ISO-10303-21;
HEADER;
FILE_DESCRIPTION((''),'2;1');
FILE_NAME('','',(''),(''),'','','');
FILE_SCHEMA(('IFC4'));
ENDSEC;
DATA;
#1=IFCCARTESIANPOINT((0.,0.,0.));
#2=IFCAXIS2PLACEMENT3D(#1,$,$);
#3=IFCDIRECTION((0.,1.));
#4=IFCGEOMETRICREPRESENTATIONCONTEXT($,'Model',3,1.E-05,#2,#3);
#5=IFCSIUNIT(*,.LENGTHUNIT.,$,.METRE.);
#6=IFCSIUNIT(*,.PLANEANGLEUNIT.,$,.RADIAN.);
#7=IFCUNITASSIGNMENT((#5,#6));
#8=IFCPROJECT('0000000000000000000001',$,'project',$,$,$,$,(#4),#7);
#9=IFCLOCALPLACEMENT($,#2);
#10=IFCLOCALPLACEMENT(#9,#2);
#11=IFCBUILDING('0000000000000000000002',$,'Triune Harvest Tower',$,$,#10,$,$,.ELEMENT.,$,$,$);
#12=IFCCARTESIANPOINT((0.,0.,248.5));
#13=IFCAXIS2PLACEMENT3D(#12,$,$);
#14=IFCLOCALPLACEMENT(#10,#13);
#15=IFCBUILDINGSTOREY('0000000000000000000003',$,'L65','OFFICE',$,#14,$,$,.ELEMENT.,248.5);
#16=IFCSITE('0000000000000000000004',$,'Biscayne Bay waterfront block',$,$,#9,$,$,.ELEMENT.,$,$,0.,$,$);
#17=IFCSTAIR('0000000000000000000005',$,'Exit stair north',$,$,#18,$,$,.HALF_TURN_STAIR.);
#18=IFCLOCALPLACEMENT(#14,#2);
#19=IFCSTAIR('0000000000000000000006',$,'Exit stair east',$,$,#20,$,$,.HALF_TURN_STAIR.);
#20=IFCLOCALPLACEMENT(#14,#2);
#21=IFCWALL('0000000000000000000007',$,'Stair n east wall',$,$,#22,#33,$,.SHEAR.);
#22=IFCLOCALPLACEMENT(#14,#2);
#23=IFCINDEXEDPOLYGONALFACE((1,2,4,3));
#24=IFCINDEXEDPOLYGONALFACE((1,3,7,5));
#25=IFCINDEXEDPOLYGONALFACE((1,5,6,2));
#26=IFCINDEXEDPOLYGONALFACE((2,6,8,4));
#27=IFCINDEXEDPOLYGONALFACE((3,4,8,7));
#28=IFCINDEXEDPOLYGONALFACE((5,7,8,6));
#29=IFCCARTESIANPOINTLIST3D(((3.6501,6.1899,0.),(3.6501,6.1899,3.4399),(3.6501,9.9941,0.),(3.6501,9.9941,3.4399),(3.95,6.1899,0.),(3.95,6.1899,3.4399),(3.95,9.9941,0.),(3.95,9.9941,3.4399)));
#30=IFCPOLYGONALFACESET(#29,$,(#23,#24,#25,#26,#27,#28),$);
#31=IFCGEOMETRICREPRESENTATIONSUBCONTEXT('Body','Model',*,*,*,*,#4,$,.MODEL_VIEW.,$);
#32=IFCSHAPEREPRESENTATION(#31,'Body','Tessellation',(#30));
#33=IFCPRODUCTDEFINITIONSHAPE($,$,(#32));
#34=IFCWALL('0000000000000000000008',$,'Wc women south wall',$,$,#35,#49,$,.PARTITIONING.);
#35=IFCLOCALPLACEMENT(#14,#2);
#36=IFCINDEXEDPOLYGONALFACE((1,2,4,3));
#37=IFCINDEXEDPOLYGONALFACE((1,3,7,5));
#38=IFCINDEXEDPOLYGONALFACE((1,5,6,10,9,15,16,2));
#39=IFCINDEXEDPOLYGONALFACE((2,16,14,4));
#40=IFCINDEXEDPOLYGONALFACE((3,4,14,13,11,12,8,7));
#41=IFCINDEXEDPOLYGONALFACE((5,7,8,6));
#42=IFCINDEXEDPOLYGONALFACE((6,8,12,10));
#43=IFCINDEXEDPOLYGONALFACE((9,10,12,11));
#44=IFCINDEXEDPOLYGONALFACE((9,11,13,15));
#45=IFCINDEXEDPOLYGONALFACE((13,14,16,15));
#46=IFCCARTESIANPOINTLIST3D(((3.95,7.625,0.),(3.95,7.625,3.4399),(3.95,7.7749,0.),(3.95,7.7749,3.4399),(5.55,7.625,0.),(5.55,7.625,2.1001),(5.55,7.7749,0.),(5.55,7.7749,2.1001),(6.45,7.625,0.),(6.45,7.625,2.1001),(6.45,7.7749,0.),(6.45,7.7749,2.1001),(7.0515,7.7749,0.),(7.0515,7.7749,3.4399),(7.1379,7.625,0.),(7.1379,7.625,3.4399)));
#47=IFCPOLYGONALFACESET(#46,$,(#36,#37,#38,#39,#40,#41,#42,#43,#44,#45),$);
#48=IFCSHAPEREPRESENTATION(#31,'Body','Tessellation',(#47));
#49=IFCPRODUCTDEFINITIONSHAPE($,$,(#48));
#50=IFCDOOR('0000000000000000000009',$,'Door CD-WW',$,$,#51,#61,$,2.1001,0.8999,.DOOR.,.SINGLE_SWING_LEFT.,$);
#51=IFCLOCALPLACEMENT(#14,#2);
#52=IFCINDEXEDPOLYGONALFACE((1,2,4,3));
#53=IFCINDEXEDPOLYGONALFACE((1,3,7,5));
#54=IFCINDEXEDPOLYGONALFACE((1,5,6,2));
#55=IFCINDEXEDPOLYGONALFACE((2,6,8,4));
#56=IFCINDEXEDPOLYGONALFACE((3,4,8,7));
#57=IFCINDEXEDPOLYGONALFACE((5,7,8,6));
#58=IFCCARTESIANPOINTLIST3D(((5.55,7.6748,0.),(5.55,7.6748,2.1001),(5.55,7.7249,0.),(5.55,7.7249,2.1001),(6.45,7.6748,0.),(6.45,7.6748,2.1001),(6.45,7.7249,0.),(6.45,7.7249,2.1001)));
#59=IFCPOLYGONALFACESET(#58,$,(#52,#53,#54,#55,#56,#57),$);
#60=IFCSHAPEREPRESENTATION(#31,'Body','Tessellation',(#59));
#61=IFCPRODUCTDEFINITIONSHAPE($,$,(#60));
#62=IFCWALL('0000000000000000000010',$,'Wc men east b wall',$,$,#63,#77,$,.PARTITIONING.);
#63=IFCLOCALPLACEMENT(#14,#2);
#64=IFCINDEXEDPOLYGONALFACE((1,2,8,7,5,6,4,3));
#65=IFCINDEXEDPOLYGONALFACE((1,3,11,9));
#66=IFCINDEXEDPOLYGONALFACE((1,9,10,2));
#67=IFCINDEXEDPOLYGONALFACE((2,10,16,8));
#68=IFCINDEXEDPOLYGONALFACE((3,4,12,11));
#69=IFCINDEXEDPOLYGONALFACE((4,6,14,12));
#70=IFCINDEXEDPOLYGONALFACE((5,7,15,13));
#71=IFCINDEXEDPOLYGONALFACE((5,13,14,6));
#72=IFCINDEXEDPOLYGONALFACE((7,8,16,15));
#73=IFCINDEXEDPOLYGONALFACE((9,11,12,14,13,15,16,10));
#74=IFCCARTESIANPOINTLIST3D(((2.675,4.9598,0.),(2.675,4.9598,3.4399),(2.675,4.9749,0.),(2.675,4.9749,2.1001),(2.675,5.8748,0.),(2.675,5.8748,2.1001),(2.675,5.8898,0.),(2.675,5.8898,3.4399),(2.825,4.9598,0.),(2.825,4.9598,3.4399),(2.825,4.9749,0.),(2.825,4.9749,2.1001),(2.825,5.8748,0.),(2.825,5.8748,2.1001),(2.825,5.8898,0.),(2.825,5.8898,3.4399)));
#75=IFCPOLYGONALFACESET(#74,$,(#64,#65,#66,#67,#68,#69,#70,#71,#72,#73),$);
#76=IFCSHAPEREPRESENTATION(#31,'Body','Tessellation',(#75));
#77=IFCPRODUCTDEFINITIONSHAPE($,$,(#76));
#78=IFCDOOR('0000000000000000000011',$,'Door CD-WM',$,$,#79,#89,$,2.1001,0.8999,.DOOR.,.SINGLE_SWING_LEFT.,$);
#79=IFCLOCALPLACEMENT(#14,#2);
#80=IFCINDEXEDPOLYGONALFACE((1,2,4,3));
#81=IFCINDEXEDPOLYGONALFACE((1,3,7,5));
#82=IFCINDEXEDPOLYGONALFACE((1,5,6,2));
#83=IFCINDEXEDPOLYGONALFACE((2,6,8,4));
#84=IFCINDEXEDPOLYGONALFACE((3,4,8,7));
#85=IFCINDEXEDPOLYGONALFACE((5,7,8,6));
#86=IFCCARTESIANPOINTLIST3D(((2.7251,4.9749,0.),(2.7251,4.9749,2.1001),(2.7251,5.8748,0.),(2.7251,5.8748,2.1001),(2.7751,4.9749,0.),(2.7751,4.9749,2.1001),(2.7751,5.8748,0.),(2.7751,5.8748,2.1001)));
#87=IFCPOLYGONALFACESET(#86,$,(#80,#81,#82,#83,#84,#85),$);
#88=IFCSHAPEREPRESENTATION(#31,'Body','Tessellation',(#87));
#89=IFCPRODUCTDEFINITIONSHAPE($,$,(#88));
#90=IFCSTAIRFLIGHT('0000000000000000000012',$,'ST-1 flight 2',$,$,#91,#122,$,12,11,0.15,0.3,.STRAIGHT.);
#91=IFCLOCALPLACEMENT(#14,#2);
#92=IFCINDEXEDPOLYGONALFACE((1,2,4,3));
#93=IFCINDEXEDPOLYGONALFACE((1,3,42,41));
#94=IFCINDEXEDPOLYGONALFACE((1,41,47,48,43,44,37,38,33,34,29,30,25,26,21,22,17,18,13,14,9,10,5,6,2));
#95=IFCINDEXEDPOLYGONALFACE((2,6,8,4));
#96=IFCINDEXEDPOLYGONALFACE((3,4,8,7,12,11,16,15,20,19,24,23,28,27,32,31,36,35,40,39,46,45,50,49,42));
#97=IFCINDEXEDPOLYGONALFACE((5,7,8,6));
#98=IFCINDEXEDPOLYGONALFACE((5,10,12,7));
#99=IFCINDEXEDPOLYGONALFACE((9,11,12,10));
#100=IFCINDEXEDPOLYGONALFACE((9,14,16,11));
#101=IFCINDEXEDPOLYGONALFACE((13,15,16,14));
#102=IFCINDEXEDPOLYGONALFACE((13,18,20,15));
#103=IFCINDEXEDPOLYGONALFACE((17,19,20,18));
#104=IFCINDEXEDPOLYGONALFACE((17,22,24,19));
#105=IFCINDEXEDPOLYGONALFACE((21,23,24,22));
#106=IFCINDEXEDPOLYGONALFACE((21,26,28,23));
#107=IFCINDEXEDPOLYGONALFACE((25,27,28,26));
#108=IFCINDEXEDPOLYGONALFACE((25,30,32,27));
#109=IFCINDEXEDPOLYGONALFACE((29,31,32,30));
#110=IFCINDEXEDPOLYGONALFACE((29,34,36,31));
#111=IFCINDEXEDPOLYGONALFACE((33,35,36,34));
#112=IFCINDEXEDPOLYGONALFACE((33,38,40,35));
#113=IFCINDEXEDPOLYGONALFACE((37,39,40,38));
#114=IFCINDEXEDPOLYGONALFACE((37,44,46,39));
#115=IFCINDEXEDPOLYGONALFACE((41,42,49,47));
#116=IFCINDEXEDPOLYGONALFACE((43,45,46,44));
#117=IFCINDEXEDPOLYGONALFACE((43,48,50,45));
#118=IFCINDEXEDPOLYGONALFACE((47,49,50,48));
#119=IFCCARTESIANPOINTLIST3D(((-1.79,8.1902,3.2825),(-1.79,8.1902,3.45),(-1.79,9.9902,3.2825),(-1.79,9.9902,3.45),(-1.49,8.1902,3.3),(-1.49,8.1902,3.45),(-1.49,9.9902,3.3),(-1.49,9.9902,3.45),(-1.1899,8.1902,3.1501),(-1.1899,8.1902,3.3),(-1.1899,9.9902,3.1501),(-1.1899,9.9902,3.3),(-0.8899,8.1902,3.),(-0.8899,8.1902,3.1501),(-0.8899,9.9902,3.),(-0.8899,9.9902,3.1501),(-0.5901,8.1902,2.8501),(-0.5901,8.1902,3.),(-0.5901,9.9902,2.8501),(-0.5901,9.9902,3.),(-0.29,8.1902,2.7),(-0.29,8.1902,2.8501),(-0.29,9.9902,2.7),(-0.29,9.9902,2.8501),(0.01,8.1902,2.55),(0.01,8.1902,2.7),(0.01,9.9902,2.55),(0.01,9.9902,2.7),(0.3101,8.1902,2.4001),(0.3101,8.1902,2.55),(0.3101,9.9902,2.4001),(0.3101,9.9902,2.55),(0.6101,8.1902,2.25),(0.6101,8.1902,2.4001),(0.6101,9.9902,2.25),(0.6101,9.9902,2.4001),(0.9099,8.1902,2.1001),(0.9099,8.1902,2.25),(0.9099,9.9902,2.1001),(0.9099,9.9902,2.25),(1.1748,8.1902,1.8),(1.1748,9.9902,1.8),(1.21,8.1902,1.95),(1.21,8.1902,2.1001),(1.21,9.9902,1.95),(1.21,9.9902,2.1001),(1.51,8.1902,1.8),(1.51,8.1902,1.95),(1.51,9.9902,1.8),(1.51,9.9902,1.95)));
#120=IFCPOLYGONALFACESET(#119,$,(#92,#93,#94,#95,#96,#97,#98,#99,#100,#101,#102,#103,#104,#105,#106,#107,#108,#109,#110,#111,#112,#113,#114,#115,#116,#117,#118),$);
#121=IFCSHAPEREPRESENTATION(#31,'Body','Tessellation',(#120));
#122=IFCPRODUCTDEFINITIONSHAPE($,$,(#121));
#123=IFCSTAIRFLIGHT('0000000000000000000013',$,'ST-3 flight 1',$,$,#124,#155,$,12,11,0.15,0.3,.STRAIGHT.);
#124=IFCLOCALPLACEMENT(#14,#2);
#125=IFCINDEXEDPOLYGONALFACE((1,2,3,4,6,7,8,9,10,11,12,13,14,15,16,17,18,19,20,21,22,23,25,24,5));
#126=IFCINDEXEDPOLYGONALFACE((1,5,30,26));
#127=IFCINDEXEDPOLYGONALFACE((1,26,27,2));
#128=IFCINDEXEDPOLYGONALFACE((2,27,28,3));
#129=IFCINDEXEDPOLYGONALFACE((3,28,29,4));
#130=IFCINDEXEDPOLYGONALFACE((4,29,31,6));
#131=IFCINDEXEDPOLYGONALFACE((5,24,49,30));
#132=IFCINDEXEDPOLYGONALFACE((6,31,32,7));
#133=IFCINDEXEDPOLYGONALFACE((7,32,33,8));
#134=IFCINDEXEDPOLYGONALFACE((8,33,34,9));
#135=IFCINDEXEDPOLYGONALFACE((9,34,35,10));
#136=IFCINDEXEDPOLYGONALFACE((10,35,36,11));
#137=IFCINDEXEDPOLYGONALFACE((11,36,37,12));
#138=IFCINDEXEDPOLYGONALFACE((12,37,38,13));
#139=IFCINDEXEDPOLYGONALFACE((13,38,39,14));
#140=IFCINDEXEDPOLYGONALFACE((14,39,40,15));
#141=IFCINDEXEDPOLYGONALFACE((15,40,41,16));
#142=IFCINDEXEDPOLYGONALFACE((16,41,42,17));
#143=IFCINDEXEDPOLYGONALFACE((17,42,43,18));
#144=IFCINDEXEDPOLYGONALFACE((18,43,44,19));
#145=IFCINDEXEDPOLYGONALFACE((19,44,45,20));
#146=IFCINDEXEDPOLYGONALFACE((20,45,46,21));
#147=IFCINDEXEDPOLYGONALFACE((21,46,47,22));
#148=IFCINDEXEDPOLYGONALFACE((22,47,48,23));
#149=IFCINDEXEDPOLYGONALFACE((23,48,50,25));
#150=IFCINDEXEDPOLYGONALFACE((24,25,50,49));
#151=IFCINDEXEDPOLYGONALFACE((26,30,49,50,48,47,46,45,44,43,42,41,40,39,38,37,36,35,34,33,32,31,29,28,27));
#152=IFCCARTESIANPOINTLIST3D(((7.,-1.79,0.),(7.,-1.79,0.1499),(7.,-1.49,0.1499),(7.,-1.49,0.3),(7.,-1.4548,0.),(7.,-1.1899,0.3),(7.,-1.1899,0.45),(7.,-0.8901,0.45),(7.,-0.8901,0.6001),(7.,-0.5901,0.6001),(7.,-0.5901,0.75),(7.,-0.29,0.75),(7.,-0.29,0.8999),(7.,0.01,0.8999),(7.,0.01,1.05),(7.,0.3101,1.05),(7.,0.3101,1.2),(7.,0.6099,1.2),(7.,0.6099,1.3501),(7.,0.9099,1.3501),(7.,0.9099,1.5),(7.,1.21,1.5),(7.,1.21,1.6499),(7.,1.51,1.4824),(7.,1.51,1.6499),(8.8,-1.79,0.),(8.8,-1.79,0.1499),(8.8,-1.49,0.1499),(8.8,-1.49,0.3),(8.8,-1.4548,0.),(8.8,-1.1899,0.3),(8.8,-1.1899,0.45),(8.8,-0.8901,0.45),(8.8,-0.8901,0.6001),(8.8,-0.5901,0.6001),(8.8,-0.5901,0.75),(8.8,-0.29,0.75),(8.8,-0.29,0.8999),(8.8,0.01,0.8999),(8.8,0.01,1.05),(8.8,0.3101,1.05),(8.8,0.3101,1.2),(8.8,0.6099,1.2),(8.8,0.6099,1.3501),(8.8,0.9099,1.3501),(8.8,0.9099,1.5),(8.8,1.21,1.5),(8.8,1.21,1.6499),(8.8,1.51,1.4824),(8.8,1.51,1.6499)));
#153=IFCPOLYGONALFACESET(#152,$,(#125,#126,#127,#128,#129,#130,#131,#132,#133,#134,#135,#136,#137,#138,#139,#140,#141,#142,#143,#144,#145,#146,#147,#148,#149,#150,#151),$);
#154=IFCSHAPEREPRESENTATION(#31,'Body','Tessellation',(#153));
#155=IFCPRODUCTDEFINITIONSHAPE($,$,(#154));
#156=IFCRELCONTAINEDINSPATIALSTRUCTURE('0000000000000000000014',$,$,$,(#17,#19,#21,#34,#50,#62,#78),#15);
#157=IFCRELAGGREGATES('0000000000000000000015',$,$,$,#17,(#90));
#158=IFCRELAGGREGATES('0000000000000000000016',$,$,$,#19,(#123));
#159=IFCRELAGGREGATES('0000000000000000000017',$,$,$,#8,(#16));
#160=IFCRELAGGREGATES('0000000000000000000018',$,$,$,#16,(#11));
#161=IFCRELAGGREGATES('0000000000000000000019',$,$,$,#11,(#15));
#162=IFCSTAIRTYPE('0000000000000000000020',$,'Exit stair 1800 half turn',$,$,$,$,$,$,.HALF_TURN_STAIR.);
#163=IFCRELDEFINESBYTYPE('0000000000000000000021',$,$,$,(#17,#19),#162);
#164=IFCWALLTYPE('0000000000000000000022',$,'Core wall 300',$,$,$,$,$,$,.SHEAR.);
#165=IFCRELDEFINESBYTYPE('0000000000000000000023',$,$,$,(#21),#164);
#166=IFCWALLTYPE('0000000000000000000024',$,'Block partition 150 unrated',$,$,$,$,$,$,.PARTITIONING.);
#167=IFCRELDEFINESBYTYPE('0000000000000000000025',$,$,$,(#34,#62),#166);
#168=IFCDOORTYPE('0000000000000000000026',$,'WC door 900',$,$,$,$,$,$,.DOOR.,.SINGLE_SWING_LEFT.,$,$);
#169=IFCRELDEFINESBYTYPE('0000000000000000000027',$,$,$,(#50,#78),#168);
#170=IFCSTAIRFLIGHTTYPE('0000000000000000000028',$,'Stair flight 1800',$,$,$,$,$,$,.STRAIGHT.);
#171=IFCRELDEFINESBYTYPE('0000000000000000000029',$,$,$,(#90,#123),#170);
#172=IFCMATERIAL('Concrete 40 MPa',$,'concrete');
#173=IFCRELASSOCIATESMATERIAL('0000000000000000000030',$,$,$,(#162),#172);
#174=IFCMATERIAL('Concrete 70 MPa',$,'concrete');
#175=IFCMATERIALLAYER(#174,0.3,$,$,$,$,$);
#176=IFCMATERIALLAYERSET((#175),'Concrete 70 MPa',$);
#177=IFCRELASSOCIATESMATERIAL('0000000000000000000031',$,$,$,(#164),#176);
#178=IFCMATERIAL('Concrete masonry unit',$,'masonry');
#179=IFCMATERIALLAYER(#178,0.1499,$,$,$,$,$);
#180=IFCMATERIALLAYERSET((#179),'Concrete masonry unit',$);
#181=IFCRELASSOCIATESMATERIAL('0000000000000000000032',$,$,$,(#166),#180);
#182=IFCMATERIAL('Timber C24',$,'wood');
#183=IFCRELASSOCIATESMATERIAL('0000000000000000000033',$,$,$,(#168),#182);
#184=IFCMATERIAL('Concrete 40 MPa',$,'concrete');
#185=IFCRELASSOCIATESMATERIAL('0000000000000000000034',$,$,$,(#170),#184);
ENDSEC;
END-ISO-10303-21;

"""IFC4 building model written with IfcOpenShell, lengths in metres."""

from ifc_helpers import new_model, si_unit, direction, frame, frame_2d, origin, place, context, subcontext, project, spatial, polyline, rectangle, outline, extrude, source, transform, mapped, material, layer, layer_set, type_object, element, fill, aggregate, save


model = new_model("IFC4")

# Units and contexts
model_context = context("Model", 3, precision=1e-05, world=origin(), true_north=direction((0.0, 1.0)))
body_context = subcontext(model_context, "Body", "Model", "MODEL_VIEW")
ifc_project = project(units=[si_unit("LENGTHUNIT", "METRE"), si_unit("PLANEANGLEUNIT", "RADIAN")], contexts=[model_context])

# Site, building, storey
site_placement = place(None, origin())
site = spatial("IfcSite", under=ifc_project, at=site_placement, Name="Biscayne Bay waterfront block", CompositionType="ELEMENT", RefElevation=0.0)
building_placement = place(site_placement, origin())
building = spatial("IfcBuilding", under=site, at=building_placement, Name="Triune Harvest Tower", CompositionType="ELEMENT")
storey_placement = place(building_placement, frame((0.0, 0.0, 248.5)))
storey = spatial("IfcBuildingStorey", under=building, at=storey_placement, Name="L65", Description="OFFICE", CompositionType="ELEMENT", Elevation=248.5)

# Stairs
ifc_material_1 = material(Name="Concrete 40 MPa", Category="concrete")
stair_type = type_object("IfcStairType", Name="Exit stair 1800 half turn", PredefinedType="HALF_TURN_STAIR", material=ifc_material_1)
stair_1_placement = place(storey_placement, origin())
stair_1 = element("IfcStair", 1, at=stair_1_placement, inside=storey, type_object=stair_type, Name="Exit stair north", PredefinedType="HALF_TURN_STAIR")
stair_2_placement = place(storey_placement, origin())
stair_2 = element("IfcStair", 2, at=stair_2_placement, inside=storey, type_object=stair_type, Name="Exit stair east", PredefinedType="HALF_TURN_STAIR")

# Shared definitions
ifc_material_2 = material(Name="Concrete 70 MPa", Category="concrete")
ifc_layer_1 = layer(ifc_material_2, 0.3)
ifc_layer_set_1 = layer_set([ifc_layer_1], Name="Concrete 70 MPa")
wall_type_1 = type_object("IfcWallType", Name="Core wall 300", PredefinedType="SHEAR", material=ifc_layer_set_1)

# Wall
shared_shape_1 = source(origin(), body_context, "Body", "SweptSolid", [
    extrude(outline(polyline([(0.0, -0.1499), (0.0, 0.1499), (3.8042, 0.1499), (3.8042, -0.1499), (0.0, -0.1499)])), origin(), (0.0, 0.0, 1.0), 3.4399),
])
wall_1_placement = place(storey_placement, frame((3.8, 6.1899, 0.0), z_axis=(0.0, 0.0, 1.0), x_axis=(0.0, 1.0, 0.0)))
element("IfcWall", 3, at=wall_1_placement, inside=storey, type_object=wall_type_1, Name="Stair n east wall", PredefinedType="SHEAR", context=body_context, shape_type="MappedRepresentation", body=[
    mapped(shared_shape_1, transform((0.0, 0.0, 0.0), scale=1.0)),
])

# Walls, openings, doors
ifc_material_3 = material(Name="Concrete masonry unit", Category="masonry")
ifc_layer_2 = layer(ifc_material_3, 0.1499)
ifc_layer_set_2 = layer_set([ifc_layer_2], Name="Concrete masonry unit")
wall_type_2 = type_object("IfcWallType", Name="Block partition 150 unrated", PredefinedType="PARTITIONING", material=ifc_layer_set_2)
shared_shape_2 = source(origin(), body_context, "Body", "SweptSolid", [
    extrude(outline(polyline([(0.0, -0.075), (0.0, 0.075), (3.1016, 0.075), (3.188, -0.075), (0.0, -0.075)])), origin(), (0.0, 0.0, 1.0), 3.4399),
])
wall_2_placement = place(storey_placement, frame((3.95, 7.7, 0.0), z_axis=(0.0, 0.0, 1.0), x_axis=(1.0, 0.0, 0.0)))
wall_2 = element("IfcWall", 4, at=wall_2_placement, inside=storey, type_object=wall_type_2, Name="Wc women south wall", PredefinedType="PARTITIONING", context=body_context, shape_type="MappedRepresentation", body=[
    mapped(shared_shape_2, transform((0.0, 0.0, 0.0), scale=1.0)),
])
opening_1_placement = place(wall_2_placement, frame((1.6001, 0.0, 0.0)))
opening_1 = element("IfcOpeningElement", 5, at=opening_1_placement, cuts=wall_2, PredefinedType="OPENING", context=body_context, shape_type="SweptSolid", body=[
    extrude(rectangle(XDim=0.8999, YDim=2.1001, at=frame_2d((0.45, 1.05))), frame((0.0, 0.085, 0.0), z_axis=(0.0, -1.0, 0.0), x_axis=(1.0, 0.0, 0.0)), (0.0, 0.0, 1.0), 0.1699),
])
ifc_material_4 = material(Name="Timber C24", Category="wood")
door_type_1 = type_object("IfcDoorType", Name="WC door 900", OperationType="SINGLE_SWING_LEFT", PredefinedType="DOOR", material=ifc_material_4)
door_1_placement = place(opening_1_placement, origin())
door_1 = element("IfcDoor", 6, at=door_1_placement, inside=storey, type_object=door_type_1, Name="Door CD-WW", OperationType="SINGLE_SWING_LEFT", OverallHeight=2.1001, OverallWidth=0.8999, PredefinedType="DOOR", context=body_context, shape_type="SweptSolid", body=[
    extrude(rectangle(XDim=0.8999, YDim=2.1001, at=frame_2d((0.45, 1.05))), frame((0.0, 0.0249, 0.0), z_axis=(0.0, -1.0, 0.0), x_axis=(1.0, 0.0, 0.0)), (0.0, 0.0, 1.0), 0.05),
])
fill(opening_1, door_1)
shared_shape_3 = source(origin(), body_context, "Body", "SweptSolid", [
    extrude(rectangle(XDim=0.9299, YDim=0.1499, at=frame_2d((0.4648, 0.0))), origin(), (0.0, 0.0, 1.0), 3.4399),
])
wall_3_placement = place(storey_placement, frame((2.75, 4.96, 0.0), z_axis=(0.0, 0.0, 1.0), x_axis=(0.0, 1.0, 0.0)))
wall_3 = element("IfcWall", 7, at=wall_3_placement, inside=storey, type_object=wall_type_2, Name="Wc men east b wall", PredefinedType="PARTITIONING", context=body_context, shape_type="MappedRepresentation", body=[
    mapped(shared_shape_3, transform((0.0, 0.0, 0.0), scale=1.0)),
])
opening_2_placement = place(wall_3_placement, frame((0.0149, 0.0, 0.0)))
opening_2 = element("IfcOpeningElement", 8, at=opening_2_placement, cuts=wall_3, PredefinedType="OPENING", context=body_context, shape_type="SweptSolid", body=[
    extrude(rectangle(XDim=0.8999, YDim=2.1001, at=frame_2d((0.45, 1.05))), frame((0.0, 0.085, 0.0), z_axis=(0.0, -1.0, 0.0), x_axis=(1.0, 0.0, 0.0)), (0.0, 0.0, 1.0), 0.1699),
])
door_2_placement = place(opening_2_placement, origin())
door_2 = element("IfcDoor", 9, at=door_2_placement, inside=storey, type_object=door_type_1, Name="Door CD-WM", OperationType="SINGLE_SWING_LEFT", OverallHeight=2.1001, OverallWidth=0.8999, PredefinedType="DOOR", context=body_context, shape_type="SweptSolid", body=[
    extrude(rectangle(XDim=0.8999, YDim=2.1001, at=frame_2d((0.45, 1.05))), frame((0.0, 0.0249, 0.0), z_axis=(0.0, -1.0, 0.0), x_axis=(1.0, 0.0, 0.0)), (0.0, 0.0, 1.0), 0.05),
])
fill(opening_2, door_2)

# Stair flights
ifc_material_5 = material(Name="Concrete 40 MPa", Category="concrete")
stair_flight_type = type_object("IfcStairFlightType", Name="Stair flight 1800", PredefinedType="STRAIGHT", material=ifc_material_5)
shared_shape_4 = source(origin(), body_context, "Body", "SweptSolid", [
    extrude(outline(polyline([(0.0, 0.0), (0.0, 0.1499), (0.3, 0.1499), (0.3, 0.3), (0.6001, 0.3), (0.6001, 0.45), (0.8999, 0.45), (0.8999, 0.6001), (1.2, 0.6001), (1.2, 0.75), (1.5, 0.75), (1.5, 0.8999), (1.8, 0.8999), (1.8, 1.05), (2.1001, 1.05), (2.1001, 1.2), (2.3999, 1.2), (2.3999, 1.3501), (2.7, 1.3501), (2.7, 1.5), (3.0, 1.5), (3.0, 1.6499), (3.3, 1.6499), (3.3, 1.8), (3.3, 1.4824), (0.3352, 0.0), (0.0, 0.0)])), frame((0.0, 0.8999, 0.0), z_axis=(0.0, -1.0, 0.0), x_axis=(1.0, 0.0, 0.0)), (0.0, 0.0, 1.0), 1.8),
])
stair_flight_1_placement = place(storey_placement, frame((1.51, 9.0901, 1.8), z_axis=(0.0, 0.0, 1.0), x_axis=(-1.0, 0.0, 0.0)))
stair_flight_1 = element("IfcStairFlight", 10, at=stair_flight_1_placement, type_object=stair_flight_type, Name="ST-1 flight 2", NumberOfRisers=12, NumberOfTreads=11, PredefinedType="STRAIGHT", RiserHeight=0.15, TreadLength=0.3, context=body_context, shape_type="MappedRepresentation", body=[
    mapped(shared_shape_4, transform((0.0, 0.0, 0.0), scale=1.0)),
])
aggregate(stair_1, [stair_flight_1])
stair_flight_2_placement = place(storey_placement, frame((7.8999, -1.79, 0.0), z_axis=(0.0, 0.0, 1.0), x_axis=(0.0, 1.0, 0.0)))
stair_flight_2 = element("IfcStairFlight", 11, at=stair_flight_2_placement, type_object=stair_flight_type, Name="ST-3 flight 1", NumberOfRisers=12, NumberOfTreads=11, PredefinedType="STRAIGHT", RiserHeight=0.15, TreadLength=0.3, context=body_context, shape_type="MappedRepresentation", body=[
    mapped(shared_shape_4, transform((0.0, 0.0, 0.0), scale=1.0)),
])
aggregate(stair_2, [stair_flight_2])

save(model, "model.ifc")
